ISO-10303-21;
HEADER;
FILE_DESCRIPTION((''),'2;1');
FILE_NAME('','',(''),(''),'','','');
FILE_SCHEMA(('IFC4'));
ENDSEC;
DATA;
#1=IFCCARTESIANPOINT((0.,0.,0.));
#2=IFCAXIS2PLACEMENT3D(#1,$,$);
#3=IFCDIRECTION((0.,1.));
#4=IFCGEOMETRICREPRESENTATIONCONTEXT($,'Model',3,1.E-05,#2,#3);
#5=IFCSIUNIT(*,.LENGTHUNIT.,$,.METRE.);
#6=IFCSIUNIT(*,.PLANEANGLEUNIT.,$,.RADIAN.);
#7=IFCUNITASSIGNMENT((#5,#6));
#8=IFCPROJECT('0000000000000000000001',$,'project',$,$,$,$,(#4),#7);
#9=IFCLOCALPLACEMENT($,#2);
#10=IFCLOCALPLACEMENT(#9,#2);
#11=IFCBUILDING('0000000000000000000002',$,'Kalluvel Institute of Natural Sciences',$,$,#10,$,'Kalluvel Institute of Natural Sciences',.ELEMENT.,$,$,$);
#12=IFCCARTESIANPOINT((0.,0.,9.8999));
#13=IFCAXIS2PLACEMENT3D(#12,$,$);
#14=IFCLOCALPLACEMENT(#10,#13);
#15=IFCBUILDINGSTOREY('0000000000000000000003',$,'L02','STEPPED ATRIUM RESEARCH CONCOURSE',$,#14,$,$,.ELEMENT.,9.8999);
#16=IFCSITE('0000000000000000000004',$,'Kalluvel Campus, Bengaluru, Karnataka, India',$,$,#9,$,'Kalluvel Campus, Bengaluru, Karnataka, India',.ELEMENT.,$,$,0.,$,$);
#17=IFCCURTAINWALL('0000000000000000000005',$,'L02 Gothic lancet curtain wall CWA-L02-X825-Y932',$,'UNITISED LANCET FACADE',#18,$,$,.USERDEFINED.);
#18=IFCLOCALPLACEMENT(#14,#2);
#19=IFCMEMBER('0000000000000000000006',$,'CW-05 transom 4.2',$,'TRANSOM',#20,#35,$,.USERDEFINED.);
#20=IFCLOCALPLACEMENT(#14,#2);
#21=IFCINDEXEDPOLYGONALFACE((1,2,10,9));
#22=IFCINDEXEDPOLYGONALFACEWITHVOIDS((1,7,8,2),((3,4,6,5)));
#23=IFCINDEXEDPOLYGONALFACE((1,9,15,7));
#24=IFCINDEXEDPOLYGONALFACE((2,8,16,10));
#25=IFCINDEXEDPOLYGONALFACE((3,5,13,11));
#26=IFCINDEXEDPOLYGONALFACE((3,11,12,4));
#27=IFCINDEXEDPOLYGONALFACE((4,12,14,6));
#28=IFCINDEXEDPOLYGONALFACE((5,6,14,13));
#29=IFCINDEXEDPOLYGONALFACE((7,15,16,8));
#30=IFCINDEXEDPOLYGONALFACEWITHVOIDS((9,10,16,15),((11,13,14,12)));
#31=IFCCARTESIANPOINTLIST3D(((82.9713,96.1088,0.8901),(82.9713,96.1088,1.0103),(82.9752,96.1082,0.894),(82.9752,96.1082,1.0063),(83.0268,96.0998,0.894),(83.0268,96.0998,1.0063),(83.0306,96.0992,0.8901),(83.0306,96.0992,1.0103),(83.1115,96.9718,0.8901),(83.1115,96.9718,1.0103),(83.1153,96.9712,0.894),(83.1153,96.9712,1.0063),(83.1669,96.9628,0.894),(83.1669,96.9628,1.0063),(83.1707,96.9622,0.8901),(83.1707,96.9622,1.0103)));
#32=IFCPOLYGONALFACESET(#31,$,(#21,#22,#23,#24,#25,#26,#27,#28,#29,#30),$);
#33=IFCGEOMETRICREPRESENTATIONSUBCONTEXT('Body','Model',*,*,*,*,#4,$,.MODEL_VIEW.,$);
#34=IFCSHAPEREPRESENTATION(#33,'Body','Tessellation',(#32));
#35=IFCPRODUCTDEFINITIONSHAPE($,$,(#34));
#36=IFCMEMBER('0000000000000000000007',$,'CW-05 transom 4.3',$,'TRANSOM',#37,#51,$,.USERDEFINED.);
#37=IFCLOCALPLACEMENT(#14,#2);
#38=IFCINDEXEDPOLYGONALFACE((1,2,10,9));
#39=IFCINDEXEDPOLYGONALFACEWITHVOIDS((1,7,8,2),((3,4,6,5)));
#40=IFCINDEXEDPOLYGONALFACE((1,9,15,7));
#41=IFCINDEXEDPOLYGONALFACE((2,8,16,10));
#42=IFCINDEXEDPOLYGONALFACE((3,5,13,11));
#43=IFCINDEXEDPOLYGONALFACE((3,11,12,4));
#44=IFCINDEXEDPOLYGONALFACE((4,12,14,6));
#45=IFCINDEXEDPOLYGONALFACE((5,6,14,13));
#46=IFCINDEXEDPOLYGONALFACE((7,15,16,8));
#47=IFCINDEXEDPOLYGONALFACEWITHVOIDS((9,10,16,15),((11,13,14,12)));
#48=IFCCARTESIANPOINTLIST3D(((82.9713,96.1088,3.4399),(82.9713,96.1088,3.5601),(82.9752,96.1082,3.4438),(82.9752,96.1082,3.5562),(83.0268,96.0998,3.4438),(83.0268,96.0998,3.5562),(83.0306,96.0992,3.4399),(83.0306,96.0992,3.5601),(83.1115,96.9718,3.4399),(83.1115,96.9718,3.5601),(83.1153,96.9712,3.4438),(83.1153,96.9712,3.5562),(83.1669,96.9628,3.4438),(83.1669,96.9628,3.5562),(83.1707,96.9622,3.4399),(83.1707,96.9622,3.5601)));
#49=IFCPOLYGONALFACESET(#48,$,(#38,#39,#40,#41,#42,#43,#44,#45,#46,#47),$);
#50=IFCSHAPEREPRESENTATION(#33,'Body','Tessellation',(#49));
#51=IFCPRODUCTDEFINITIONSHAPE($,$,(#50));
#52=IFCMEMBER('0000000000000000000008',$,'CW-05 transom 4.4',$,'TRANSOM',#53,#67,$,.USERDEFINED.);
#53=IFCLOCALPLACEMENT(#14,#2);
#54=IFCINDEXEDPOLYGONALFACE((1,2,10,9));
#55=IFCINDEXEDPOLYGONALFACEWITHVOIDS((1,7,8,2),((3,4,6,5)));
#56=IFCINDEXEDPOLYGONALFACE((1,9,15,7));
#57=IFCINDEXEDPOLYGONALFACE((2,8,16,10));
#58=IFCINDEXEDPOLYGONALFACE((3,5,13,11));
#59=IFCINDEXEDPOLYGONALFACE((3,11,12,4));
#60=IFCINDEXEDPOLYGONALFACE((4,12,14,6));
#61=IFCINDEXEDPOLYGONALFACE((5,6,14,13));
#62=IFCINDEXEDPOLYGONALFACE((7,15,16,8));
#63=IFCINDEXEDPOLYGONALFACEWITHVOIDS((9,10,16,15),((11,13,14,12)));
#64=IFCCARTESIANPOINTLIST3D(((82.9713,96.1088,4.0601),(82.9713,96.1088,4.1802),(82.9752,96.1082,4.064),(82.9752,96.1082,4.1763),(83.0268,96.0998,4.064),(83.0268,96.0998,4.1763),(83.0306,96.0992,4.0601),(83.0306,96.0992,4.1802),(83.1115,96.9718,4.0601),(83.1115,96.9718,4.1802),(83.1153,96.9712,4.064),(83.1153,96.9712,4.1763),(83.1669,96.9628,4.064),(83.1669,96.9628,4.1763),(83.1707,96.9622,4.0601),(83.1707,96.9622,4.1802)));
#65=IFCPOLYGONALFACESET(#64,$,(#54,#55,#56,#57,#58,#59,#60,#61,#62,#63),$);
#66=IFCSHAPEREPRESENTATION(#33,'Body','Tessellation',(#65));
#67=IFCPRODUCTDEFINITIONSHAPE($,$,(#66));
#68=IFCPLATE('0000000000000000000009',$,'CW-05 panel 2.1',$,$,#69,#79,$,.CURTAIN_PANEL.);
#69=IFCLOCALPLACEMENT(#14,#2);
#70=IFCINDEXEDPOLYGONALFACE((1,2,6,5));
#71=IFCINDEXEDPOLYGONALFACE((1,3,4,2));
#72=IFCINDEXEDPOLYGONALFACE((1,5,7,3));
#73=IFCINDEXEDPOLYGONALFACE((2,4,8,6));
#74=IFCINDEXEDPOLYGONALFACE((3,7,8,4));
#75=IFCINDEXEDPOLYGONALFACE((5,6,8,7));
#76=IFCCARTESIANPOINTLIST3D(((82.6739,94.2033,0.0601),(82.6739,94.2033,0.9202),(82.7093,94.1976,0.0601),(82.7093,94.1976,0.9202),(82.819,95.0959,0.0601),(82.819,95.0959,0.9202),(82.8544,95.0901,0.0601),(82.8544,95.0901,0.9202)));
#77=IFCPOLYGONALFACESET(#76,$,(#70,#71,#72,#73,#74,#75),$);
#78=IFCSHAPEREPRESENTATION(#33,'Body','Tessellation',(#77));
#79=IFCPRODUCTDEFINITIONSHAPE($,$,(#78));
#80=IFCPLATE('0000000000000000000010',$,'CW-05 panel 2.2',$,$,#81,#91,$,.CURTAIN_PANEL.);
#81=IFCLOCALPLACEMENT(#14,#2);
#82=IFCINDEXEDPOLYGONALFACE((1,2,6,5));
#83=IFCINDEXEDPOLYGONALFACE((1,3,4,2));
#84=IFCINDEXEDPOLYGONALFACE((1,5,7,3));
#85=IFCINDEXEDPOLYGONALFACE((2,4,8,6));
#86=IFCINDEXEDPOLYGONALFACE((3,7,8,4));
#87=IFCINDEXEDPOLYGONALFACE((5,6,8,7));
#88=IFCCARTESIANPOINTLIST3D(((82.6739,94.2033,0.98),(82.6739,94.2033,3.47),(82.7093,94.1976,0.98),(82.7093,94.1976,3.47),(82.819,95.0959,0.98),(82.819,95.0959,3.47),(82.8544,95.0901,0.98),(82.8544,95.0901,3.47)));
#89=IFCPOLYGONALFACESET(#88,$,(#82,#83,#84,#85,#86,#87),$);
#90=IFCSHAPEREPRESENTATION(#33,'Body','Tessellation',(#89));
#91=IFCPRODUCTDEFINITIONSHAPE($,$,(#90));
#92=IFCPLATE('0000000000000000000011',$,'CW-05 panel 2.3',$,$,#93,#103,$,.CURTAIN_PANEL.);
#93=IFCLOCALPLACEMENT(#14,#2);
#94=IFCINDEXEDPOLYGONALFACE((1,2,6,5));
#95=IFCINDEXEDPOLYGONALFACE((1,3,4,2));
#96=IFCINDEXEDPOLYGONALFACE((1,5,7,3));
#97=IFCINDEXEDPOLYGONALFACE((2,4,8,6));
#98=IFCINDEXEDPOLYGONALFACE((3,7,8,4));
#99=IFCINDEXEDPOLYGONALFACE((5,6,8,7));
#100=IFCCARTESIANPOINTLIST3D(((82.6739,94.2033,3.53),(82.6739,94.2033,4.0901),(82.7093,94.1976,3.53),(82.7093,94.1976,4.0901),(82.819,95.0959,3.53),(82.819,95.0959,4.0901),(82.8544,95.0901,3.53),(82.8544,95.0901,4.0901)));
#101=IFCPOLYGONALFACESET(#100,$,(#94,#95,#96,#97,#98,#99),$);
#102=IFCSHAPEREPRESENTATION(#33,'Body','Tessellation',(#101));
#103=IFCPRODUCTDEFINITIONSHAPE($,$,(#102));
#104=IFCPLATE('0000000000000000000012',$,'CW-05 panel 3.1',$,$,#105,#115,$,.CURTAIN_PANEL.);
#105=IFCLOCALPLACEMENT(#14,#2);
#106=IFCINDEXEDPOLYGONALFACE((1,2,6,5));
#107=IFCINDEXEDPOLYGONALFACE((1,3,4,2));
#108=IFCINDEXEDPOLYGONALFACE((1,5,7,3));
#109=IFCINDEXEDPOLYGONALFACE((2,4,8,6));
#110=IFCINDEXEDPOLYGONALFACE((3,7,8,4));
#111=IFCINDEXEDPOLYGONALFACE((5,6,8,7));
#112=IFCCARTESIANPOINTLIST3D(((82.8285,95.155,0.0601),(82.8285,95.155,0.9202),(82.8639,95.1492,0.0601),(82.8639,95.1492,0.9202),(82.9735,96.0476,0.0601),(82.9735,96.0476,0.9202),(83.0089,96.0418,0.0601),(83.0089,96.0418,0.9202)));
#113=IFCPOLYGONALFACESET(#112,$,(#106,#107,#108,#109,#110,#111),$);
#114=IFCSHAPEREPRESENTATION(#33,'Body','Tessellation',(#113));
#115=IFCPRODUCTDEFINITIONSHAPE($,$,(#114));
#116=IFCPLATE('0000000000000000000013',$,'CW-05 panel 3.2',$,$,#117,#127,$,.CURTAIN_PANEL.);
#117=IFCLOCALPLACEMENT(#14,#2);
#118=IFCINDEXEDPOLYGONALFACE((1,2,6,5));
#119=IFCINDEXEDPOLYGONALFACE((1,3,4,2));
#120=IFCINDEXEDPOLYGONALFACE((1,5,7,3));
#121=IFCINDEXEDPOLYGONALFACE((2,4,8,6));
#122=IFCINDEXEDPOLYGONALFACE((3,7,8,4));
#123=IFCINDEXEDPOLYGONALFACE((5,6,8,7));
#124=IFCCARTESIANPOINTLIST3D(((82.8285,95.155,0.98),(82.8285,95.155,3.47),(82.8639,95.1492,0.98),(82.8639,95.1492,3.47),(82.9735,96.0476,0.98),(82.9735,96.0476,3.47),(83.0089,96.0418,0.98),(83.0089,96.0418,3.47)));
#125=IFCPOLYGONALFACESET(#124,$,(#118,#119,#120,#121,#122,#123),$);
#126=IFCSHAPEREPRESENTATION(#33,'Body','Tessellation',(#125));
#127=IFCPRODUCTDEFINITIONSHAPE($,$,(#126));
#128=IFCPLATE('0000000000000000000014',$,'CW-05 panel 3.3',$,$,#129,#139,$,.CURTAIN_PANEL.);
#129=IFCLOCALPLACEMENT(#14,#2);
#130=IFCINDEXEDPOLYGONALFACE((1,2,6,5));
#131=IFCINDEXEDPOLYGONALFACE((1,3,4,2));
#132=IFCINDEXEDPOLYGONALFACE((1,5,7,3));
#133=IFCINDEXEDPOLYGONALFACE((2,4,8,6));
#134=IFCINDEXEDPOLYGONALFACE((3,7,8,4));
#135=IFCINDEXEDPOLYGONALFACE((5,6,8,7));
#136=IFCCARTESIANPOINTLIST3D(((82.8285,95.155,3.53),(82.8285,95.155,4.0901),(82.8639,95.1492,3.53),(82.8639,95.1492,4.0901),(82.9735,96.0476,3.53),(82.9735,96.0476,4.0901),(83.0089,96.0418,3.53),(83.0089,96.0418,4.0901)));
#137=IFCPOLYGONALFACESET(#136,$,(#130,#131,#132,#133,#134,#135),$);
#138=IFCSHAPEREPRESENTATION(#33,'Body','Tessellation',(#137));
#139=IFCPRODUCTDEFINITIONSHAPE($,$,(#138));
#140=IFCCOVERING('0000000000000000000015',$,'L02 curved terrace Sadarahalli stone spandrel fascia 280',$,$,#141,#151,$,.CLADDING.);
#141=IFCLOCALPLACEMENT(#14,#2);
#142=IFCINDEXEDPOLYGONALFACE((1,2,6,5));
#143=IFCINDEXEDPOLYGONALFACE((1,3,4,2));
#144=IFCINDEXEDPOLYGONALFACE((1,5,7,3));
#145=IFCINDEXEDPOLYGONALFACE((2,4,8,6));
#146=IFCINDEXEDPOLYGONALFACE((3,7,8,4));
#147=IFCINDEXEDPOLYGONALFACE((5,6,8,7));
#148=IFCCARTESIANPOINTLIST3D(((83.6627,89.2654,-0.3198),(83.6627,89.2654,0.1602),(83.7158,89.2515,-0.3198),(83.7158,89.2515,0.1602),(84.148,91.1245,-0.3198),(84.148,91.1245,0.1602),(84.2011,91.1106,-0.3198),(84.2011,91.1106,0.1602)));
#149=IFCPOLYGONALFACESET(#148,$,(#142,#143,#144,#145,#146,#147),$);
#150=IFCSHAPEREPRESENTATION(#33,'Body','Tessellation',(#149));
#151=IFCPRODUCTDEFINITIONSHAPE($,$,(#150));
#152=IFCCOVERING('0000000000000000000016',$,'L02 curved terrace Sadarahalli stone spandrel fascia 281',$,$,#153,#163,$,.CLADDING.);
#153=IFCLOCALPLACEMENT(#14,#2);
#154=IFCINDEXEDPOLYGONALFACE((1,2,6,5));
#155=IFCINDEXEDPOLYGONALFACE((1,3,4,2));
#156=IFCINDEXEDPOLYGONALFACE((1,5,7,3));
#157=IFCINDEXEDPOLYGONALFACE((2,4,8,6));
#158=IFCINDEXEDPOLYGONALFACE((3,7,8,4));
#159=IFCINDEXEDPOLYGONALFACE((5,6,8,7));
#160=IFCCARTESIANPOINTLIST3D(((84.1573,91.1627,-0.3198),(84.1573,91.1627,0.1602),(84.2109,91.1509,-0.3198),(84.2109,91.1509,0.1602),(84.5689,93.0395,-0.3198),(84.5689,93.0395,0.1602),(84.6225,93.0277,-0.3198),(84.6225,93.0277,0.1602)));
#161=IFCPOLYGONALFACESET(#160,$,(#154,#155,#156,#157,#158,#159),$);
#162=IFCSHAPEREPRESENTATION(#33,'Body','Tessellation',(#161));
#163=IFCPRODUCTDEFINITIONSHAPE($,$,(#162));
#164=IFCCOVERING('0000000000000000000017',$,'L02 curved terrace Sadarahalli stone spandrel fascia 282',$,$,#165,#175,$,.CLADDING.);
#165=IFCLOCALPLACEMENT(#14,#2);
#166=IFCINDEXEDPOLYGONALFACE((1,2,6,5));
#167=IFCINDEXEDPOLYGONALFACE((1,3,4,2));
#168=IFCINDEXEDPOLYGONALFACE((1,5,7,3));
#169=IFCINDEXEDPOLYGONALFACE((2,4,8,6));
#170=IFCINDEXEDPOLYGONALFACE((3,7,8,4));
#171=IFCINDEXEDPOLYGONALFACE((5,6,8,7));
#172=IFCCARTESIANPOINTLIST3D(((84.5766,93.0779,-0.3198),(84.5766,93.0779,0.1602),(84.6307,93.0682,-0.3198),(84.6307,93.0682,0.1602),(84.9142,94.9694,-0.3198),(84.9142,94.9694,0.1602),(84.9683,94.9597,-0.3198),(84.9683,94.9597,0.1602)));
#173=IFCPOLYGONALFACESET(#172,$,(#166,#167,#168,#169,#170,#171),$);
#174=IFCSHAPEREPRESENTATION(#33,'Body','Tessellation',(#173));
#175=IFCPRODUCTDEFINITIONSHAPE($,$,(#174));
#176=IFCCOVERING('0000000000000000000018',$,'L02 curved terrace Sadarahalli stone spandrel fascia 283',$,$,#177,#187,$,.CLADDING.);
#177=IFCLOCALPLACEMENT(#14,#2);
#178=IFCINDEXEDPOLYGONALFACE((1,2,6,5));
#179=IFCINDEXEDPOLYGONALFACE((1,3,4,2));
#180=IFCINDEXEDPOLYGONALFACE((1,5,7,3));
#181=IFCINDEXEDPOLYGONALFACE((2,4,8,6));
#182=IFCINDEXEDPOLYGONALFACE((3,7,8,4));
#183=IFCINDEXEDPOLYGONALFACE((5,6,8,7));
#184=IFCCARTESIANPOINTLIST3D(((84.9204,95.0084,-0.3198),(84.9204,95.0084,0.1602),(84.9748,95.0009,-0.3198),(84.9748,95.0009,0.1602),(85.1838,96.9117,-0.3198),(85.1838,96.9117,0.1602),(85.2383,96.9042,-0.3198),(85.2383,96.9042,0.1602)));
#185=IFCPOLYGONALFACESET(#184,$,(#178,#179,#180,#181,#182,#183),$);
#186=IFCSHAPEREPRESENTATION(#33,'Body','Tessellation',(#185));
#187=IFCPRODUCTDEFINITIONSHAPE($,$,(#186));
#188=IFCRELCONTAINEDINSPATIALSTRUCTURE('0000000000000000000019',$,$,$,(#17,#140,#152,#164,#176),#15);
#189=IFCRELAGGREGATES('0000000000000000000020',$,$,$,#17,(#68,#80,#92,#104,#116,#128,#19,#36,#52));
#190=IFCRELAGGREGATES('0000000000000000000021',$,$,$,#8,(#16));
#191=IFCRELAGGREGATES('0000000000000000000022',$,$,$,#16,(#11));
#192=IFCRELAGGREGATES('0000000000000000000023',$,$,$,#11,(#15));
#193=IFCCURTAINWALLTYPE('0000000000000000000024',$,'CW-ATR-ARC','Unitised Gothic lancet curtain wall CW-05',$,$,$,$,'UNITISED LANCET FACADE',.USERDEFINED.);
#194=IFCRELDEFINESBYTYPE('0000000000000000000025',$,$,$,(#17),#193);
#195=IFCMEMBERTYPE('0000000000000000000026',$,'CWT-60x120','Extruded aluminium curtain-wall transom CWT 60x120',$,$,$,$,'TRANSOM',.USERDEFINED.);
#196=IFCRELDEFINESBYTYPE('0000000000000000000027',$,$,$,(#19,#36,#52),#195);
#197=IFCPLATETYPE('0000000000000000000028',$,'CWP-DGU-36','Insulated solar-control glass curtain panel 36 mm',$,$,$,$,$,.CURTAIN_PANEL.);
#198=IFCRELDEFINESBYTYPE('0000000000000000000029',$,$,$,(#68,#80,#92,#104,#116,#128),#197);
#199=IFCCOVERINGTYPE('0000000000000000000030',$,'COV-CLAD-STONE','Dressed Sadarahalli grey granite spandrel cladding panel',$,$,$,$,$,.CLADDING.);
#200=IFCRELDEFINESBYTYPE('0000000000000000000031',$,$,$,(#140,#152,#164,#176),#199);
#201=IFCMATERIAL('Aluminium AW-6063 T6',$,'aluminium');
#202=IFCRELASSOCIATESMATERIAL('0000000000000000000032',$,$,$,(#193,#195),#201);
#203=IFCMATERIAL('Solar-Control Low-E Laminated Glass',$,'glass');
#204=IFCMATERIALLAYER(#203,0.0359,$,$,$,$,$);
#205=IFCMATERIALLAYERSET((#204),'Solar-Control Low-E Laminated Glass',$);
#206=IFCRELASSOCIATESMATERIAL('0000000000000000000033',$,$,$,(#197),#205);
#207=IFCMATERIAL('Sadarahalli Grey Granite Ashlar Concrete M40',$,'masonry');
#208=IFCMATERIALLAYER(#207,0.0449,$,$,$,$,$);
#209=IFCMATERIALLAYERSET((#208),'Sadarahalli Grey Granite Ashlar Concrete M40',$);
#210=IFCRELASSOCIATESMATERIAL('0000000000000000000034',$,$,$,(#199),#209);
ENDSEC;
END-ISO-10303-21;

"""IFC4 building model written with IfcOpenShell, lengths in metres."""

from ifc_helpers import new_model, si_unit, direction, frame, origin, origin_2d, place, context, subcontext, project, spatial, rectangle, hollow_rectangle, extrude, material, layer, layer_set, material_profile, profile_set, type_object, element, aggregate, save


model = new_model("IFC4")

# Units and contexts
model_context = context("Model", 3, precision=1e-05, world=origin(), true_north=direction((0.0, 1.0)))
body_context = subcontext(model_context, "Body", "Model", "MODEL_VIEW")
ifc_project = project(units=[si_unit("LENGTHUNIT", "METRE"), si_unit("PLANEANGLEUNIT", "RADIAN")], contexts=[model_context])

# Site, building, storey
site_placement = place(None, origin())
site = spatial("IfcSite", under=ifc_project, at=site_placement, Name="Kalluvel Campus, Bengaluru, Karnataka, India", LongName="Kalluvel Campus, Bengaluru, Karnataka, India", CompositionType="ELEMENT", RefElevation=0.0)
building_placement = place(site_placement, origin())
building = spatial("IfcBuilding", under=site, at=building_placement, Name="Kalluvel Institute of Natural Sciences", LongName="Kalluvel Institute of Natural Sciences", CompositionType="ELEMENT")
storey_placement = place(building_placement, frame((0.0, 0.0, 9.8999)))
storey = spatial("IfcBuildingStorey", under=building, at=storey_placement, Name="L02", Description="STEPPED ATRIUM RESEARCH CONCOURSE", CompositionType="ELEMENT", Elevation=9.8999)

# Curtain wall, members, plates
ifc_material_1 = material(Name="Aluminium AW-6063 T6", Category="aluminium")
curtain_wall_type = type_object("IfcCurtainWallType", Name="CW-ATR-ARC", Description="Unitised Gothic lancet curtain wall CW-05", ElementType="UNITISED LANCET FACADE", PredefinedType="USERDEFINED", material=ifc_material_1)
curtain_wall_placement = place(storey_placement, origin())
curtain_wall = element("IfcCurtainWall", 1, at=curtain_wall_placement, inside=storey, type_object=curtain_wall_type, Name="L02 Gothic lancet curtain wall CWA-L02-X825-Y932", ObjectType="UNITISED LANCET FACADE", PredefinedType="USERDEFINED")
ifc_material_profile_1 = material_profile(ifc_material_1, hollow_rectangle(XDim=0.0601, YDim=0.1201, WallThickness=0.0039, at=origin_2d()), Name="CWT 60x120")
ifc_profile_set_1 = profile_set([ifc_material_profile_1], Name="Aluminium AW-6063 T6")
member_type_1 = type_object("IfcMemberType", Name="CWT-60x120", Description="Extruded aluminium curtain-wall transom CWT 60x120", ElementType="TRANSOM", PredefinedType="USERDEFINED", material=ifc_profile_set_1)
member_1_placement = place(storey_placement, frame((83.001, 96.104, 0.9502), z_axis=(0.160277, 0.987072, 0.0), x_axis=(-0.987072, 0.160277, 0.0)))
member_1 = element("IfcMember", 2, at=member_1_placement, type_object=member_type_1, Name="CW-05 transom 4.2", ObjectType="TRANSOM", PredefinedType="USERDEFINED", context=body_context, shape_type="SweptSolid", body=[
    extrude(hollow_rectangle(XDim=0.0601, YDim=0.1201, WallThickness=0.0039, at=origin_2d()), origin(), (0.0, 0.0, 1.0), 0.8743),
])
member_2_placement = place(storey_placement, frame((83.001, 96.104, 3.5), z_axis=(0.160277, 0.987072, 0.0), x_axis=(-0.987072, 0.160277, 0.0)))
member_2 = element("IfcMember", 3, at=member_2_placement, type_object=member_type_1, Name="CW-05 transom 4.3", ObjectType="TRANSOM", PredefinedType="USERDEFINED", context=body_context, shape_type="SweptSolid", body=[
    extrude(hollow_rectangle(XDim=0.0601, YDim=0.1201, WallThickness=0.0039, at=origin_2d()), origin(), (0.0, 0.0, 1.0), 0.8743),
])
member_3_placement = place(storey_placement, frame((83.001, 96.104, 4.1201), z_axis=(0.160277, 0.987072, 0.0), x_axis=(-0.987072, 0.160277, 0.0)))
member_3 = element("IfcMember", 4, at=member_3_placement, type_object=member_type_1, Name="CW-05 transom 4.4", ObjectType="TRANSOM", PredefinedType="USERDEFINED", context=body_context, shape_type="SweptSolid", body=[
    extrude(hollow_rectangle(XDim=0.0601, YDim=0.1201, WallThickness=0.0039, at=origin_2d()), origin(), (0.0, 0.0, 1.0), 0.8743),
])
ifc_material_2 = material(Name="Solar-Control Low-E Laminated Glass", Category="glass")
ifc_layer_1 = layer(ifc_material_2, 0.0359)
ifc_layer_set_1 = layer_set([ifc_layer_1], Name="Solar-Control Low-E Laminated Glass")
plate_type = type_object("IfcPlateType", Name="CWP-DGU-36", Description="Insulated solar-control glass curtain panel 36 mm", PredefinedType="CURTAIN_PANEL", material=ifc_layer_set_1)
plate_1_placement = place(storey_placement, frame((82.7642, 94.6467, 0.0601), z_axis=(0.0, 0.0, 1.0), x_axis=(0.160417, 0.987049, 0.0)))
plate_1 = element("IfcPlate", 5, at=plate_1_placement, type_object=plate_type, Name="CW-05 panel 2.1", PredefinedType="CURTAIN_PANEL", context=body_context, shape_type="SweptSolid", body=[
    extrude(rectangle(XDim=0.9043, YDim=0.0359, at=origin_2d()), origin(), (0.0, 0.0, 1.0), 0.8601),
])
plate_2_placement = place(storey_placement, frame((82.7642, 94.6467, 0.98), z_axis=(0.0, 0.0, 1.0), x_axis=(0.160417, 0.987049, 0.0)))
plate_2 = element("IfcPlate", 6, at=plate_2_placement, type_object=plate_type, Name="CW-05 panel 2.2", PredefinedType="CURTAIN_PANEL", context=body_context, shape_type="SweptSolid", body=[
    extrude(rectangle(XDim=0.9043, YDim=0.0359, at=origin_2d()), origin(), (0.0, 0.0, 1.0), 2.49),
])
plate_3_placement = place(storey_placement, frame((82.7642, 94.6467, 3.53), z_axis=(0.0, 0.0, 1.0), x_axis=(0.160417, 0.987049, 0.0)))
plate_3 = element("IfcPlate", 7, at=plate_3_placement, type_object=plate_type, Name="CW-05 panel 2.3", PredefinedType="CURTAIN_PANEL", context=body_context, shape_type="SweptSolid", body=[
    extrude(rectangle(XDim=0.9043, YDim=0.0359, at=origin_2d()), origin(), (0.0, 0.0, 1.0), 0.5601),
])
plate_4_placement = place(storey_placement, frame((82.9187, 95.5984, 0.0601), z_axis=(0.0, 0.0, 1.0), x_axis=(0.160417, 0.987049, 0.0)))
plate_4 = element("IfcPlate", 8, at=plate_4_placement, type_object=plate_type, Name="CW-05 panel 3.1", PredefinedType="CURTAIN_PANEL", context=body_context, shape_type="SweptSolid", body=[
    extrude(rectangle(XDim=0.9043, YDim=0.0359, at=origin_2d()), origin(), (0.0, 0.0, 1.0), 0.8601),
])
plate_5_placement = place(storey_placement, frame((82.9187, 95.5984, 0.98), z_axis=(0.0, 0.0, 1.0), x_axis=(0.160417, 0.987049, 0.0)))
plate_5 = element("IfcPlate", 9, at=plate_5_placement, type_object=plate_type, Name="CW-05 panel 3.2", PredefinedType="CURTAIN_PANEL", context=body_context, shape_type="SweptSolid", body=[
    extrude(rectangle(XDim=0.9043, YDim=0.0359, at=origin_2d()), origin(), (0.0, 0.0, 1.0), 2.49),
])
plate_6_placement = place(storey_placement, frame((82.9187, 95.5984, 3.53), z_axis=(0.0, 0.0, 1.0), x_axis=(0.160417, 0.987049, 0.0)))
plate_6 = element("IfcPlate", 10, at=plate_6_placement, type_object=plate_type, Name="CW-05 panel 3.3", PredefinedType="CURTAIN_PANEL", context=body_context, shape_type="SweptSolid", body=[
    extrude(rectangle(XDim=0.9043, YDim=0.0359, at=origin_2d()), origin(), (0.0, 0.0, 1.0), 0.5601),
])
aggregate(curtain_wall, [plate_1, plate_2, plate_3, plate_4, plate_5, plate_6, member_1, member_2, member_3])

# Coverings
ifc_material_3 = material(Name="Sadarahalli Grey Granite Ashlar Concrete M40", Category="masonry")
ifc_layer_2 = layer(ifc_material_3, 0.0449)
ifc_layer_set_2 = layer_set([ifc_layer_2], Name="Sadarahalli Grey Granite Ashlar Concrete M40")
covering_type = type_object("IfcCoveringType", Name="COV-CLAD-STONE", Description="Dressed Sadarahalli grey granite spandrel cladding panel", PredefinedType="CLADDING", material=ifc_layer_set_2)
for number, where, z_axis, x_axis, name in (
    (11, (83.9319, 90.188, -0.3198), (0.0, 0.0, 1.0), (0.252576, 0.967577, 0.0), "L02 curved terrace Sadarahalli stone spandrel fascia 280"),
    (12, (84.3899, 92.0952, -0.3198), (0.0, 0.0, 1.0), (0.214224, 0.976785, 0.0), "L02 curved terrace Sadarahalli stone spandrel fascia 281"),
    (13, (84.7725, 94.0188, -0.3198), (0.0, 0.0, 1.0), (0.17571, 0.984442, 0.0), "L02 curved terrace Sadarahalli stone spandrel fascia 282"),
    (14, (85.0793, 95.9563, -0.3198), (0.0, 0.0, 1.0), (0.137099, 0.990557, 0.0), "L02 curved terrace Sadarahalli stone spandrel fascia 283"),
):
    element("IfcCovering", number, at=place(storey_placement, frame(where, z_axis=z_axis, x_axis=x_axis)), inside=storey, type_object=covering_type, Name=name, PredefinedType="CLADDING", context=body_context, shape_type="SweptSolid", body=[
        extrude(rectangle(XDim=1.9214, YDim=0.0549, at=origin_2d()), origin(), (0.0, 0.0, 1.0), 0.48),
    ])

save(model, "model.ifc")
